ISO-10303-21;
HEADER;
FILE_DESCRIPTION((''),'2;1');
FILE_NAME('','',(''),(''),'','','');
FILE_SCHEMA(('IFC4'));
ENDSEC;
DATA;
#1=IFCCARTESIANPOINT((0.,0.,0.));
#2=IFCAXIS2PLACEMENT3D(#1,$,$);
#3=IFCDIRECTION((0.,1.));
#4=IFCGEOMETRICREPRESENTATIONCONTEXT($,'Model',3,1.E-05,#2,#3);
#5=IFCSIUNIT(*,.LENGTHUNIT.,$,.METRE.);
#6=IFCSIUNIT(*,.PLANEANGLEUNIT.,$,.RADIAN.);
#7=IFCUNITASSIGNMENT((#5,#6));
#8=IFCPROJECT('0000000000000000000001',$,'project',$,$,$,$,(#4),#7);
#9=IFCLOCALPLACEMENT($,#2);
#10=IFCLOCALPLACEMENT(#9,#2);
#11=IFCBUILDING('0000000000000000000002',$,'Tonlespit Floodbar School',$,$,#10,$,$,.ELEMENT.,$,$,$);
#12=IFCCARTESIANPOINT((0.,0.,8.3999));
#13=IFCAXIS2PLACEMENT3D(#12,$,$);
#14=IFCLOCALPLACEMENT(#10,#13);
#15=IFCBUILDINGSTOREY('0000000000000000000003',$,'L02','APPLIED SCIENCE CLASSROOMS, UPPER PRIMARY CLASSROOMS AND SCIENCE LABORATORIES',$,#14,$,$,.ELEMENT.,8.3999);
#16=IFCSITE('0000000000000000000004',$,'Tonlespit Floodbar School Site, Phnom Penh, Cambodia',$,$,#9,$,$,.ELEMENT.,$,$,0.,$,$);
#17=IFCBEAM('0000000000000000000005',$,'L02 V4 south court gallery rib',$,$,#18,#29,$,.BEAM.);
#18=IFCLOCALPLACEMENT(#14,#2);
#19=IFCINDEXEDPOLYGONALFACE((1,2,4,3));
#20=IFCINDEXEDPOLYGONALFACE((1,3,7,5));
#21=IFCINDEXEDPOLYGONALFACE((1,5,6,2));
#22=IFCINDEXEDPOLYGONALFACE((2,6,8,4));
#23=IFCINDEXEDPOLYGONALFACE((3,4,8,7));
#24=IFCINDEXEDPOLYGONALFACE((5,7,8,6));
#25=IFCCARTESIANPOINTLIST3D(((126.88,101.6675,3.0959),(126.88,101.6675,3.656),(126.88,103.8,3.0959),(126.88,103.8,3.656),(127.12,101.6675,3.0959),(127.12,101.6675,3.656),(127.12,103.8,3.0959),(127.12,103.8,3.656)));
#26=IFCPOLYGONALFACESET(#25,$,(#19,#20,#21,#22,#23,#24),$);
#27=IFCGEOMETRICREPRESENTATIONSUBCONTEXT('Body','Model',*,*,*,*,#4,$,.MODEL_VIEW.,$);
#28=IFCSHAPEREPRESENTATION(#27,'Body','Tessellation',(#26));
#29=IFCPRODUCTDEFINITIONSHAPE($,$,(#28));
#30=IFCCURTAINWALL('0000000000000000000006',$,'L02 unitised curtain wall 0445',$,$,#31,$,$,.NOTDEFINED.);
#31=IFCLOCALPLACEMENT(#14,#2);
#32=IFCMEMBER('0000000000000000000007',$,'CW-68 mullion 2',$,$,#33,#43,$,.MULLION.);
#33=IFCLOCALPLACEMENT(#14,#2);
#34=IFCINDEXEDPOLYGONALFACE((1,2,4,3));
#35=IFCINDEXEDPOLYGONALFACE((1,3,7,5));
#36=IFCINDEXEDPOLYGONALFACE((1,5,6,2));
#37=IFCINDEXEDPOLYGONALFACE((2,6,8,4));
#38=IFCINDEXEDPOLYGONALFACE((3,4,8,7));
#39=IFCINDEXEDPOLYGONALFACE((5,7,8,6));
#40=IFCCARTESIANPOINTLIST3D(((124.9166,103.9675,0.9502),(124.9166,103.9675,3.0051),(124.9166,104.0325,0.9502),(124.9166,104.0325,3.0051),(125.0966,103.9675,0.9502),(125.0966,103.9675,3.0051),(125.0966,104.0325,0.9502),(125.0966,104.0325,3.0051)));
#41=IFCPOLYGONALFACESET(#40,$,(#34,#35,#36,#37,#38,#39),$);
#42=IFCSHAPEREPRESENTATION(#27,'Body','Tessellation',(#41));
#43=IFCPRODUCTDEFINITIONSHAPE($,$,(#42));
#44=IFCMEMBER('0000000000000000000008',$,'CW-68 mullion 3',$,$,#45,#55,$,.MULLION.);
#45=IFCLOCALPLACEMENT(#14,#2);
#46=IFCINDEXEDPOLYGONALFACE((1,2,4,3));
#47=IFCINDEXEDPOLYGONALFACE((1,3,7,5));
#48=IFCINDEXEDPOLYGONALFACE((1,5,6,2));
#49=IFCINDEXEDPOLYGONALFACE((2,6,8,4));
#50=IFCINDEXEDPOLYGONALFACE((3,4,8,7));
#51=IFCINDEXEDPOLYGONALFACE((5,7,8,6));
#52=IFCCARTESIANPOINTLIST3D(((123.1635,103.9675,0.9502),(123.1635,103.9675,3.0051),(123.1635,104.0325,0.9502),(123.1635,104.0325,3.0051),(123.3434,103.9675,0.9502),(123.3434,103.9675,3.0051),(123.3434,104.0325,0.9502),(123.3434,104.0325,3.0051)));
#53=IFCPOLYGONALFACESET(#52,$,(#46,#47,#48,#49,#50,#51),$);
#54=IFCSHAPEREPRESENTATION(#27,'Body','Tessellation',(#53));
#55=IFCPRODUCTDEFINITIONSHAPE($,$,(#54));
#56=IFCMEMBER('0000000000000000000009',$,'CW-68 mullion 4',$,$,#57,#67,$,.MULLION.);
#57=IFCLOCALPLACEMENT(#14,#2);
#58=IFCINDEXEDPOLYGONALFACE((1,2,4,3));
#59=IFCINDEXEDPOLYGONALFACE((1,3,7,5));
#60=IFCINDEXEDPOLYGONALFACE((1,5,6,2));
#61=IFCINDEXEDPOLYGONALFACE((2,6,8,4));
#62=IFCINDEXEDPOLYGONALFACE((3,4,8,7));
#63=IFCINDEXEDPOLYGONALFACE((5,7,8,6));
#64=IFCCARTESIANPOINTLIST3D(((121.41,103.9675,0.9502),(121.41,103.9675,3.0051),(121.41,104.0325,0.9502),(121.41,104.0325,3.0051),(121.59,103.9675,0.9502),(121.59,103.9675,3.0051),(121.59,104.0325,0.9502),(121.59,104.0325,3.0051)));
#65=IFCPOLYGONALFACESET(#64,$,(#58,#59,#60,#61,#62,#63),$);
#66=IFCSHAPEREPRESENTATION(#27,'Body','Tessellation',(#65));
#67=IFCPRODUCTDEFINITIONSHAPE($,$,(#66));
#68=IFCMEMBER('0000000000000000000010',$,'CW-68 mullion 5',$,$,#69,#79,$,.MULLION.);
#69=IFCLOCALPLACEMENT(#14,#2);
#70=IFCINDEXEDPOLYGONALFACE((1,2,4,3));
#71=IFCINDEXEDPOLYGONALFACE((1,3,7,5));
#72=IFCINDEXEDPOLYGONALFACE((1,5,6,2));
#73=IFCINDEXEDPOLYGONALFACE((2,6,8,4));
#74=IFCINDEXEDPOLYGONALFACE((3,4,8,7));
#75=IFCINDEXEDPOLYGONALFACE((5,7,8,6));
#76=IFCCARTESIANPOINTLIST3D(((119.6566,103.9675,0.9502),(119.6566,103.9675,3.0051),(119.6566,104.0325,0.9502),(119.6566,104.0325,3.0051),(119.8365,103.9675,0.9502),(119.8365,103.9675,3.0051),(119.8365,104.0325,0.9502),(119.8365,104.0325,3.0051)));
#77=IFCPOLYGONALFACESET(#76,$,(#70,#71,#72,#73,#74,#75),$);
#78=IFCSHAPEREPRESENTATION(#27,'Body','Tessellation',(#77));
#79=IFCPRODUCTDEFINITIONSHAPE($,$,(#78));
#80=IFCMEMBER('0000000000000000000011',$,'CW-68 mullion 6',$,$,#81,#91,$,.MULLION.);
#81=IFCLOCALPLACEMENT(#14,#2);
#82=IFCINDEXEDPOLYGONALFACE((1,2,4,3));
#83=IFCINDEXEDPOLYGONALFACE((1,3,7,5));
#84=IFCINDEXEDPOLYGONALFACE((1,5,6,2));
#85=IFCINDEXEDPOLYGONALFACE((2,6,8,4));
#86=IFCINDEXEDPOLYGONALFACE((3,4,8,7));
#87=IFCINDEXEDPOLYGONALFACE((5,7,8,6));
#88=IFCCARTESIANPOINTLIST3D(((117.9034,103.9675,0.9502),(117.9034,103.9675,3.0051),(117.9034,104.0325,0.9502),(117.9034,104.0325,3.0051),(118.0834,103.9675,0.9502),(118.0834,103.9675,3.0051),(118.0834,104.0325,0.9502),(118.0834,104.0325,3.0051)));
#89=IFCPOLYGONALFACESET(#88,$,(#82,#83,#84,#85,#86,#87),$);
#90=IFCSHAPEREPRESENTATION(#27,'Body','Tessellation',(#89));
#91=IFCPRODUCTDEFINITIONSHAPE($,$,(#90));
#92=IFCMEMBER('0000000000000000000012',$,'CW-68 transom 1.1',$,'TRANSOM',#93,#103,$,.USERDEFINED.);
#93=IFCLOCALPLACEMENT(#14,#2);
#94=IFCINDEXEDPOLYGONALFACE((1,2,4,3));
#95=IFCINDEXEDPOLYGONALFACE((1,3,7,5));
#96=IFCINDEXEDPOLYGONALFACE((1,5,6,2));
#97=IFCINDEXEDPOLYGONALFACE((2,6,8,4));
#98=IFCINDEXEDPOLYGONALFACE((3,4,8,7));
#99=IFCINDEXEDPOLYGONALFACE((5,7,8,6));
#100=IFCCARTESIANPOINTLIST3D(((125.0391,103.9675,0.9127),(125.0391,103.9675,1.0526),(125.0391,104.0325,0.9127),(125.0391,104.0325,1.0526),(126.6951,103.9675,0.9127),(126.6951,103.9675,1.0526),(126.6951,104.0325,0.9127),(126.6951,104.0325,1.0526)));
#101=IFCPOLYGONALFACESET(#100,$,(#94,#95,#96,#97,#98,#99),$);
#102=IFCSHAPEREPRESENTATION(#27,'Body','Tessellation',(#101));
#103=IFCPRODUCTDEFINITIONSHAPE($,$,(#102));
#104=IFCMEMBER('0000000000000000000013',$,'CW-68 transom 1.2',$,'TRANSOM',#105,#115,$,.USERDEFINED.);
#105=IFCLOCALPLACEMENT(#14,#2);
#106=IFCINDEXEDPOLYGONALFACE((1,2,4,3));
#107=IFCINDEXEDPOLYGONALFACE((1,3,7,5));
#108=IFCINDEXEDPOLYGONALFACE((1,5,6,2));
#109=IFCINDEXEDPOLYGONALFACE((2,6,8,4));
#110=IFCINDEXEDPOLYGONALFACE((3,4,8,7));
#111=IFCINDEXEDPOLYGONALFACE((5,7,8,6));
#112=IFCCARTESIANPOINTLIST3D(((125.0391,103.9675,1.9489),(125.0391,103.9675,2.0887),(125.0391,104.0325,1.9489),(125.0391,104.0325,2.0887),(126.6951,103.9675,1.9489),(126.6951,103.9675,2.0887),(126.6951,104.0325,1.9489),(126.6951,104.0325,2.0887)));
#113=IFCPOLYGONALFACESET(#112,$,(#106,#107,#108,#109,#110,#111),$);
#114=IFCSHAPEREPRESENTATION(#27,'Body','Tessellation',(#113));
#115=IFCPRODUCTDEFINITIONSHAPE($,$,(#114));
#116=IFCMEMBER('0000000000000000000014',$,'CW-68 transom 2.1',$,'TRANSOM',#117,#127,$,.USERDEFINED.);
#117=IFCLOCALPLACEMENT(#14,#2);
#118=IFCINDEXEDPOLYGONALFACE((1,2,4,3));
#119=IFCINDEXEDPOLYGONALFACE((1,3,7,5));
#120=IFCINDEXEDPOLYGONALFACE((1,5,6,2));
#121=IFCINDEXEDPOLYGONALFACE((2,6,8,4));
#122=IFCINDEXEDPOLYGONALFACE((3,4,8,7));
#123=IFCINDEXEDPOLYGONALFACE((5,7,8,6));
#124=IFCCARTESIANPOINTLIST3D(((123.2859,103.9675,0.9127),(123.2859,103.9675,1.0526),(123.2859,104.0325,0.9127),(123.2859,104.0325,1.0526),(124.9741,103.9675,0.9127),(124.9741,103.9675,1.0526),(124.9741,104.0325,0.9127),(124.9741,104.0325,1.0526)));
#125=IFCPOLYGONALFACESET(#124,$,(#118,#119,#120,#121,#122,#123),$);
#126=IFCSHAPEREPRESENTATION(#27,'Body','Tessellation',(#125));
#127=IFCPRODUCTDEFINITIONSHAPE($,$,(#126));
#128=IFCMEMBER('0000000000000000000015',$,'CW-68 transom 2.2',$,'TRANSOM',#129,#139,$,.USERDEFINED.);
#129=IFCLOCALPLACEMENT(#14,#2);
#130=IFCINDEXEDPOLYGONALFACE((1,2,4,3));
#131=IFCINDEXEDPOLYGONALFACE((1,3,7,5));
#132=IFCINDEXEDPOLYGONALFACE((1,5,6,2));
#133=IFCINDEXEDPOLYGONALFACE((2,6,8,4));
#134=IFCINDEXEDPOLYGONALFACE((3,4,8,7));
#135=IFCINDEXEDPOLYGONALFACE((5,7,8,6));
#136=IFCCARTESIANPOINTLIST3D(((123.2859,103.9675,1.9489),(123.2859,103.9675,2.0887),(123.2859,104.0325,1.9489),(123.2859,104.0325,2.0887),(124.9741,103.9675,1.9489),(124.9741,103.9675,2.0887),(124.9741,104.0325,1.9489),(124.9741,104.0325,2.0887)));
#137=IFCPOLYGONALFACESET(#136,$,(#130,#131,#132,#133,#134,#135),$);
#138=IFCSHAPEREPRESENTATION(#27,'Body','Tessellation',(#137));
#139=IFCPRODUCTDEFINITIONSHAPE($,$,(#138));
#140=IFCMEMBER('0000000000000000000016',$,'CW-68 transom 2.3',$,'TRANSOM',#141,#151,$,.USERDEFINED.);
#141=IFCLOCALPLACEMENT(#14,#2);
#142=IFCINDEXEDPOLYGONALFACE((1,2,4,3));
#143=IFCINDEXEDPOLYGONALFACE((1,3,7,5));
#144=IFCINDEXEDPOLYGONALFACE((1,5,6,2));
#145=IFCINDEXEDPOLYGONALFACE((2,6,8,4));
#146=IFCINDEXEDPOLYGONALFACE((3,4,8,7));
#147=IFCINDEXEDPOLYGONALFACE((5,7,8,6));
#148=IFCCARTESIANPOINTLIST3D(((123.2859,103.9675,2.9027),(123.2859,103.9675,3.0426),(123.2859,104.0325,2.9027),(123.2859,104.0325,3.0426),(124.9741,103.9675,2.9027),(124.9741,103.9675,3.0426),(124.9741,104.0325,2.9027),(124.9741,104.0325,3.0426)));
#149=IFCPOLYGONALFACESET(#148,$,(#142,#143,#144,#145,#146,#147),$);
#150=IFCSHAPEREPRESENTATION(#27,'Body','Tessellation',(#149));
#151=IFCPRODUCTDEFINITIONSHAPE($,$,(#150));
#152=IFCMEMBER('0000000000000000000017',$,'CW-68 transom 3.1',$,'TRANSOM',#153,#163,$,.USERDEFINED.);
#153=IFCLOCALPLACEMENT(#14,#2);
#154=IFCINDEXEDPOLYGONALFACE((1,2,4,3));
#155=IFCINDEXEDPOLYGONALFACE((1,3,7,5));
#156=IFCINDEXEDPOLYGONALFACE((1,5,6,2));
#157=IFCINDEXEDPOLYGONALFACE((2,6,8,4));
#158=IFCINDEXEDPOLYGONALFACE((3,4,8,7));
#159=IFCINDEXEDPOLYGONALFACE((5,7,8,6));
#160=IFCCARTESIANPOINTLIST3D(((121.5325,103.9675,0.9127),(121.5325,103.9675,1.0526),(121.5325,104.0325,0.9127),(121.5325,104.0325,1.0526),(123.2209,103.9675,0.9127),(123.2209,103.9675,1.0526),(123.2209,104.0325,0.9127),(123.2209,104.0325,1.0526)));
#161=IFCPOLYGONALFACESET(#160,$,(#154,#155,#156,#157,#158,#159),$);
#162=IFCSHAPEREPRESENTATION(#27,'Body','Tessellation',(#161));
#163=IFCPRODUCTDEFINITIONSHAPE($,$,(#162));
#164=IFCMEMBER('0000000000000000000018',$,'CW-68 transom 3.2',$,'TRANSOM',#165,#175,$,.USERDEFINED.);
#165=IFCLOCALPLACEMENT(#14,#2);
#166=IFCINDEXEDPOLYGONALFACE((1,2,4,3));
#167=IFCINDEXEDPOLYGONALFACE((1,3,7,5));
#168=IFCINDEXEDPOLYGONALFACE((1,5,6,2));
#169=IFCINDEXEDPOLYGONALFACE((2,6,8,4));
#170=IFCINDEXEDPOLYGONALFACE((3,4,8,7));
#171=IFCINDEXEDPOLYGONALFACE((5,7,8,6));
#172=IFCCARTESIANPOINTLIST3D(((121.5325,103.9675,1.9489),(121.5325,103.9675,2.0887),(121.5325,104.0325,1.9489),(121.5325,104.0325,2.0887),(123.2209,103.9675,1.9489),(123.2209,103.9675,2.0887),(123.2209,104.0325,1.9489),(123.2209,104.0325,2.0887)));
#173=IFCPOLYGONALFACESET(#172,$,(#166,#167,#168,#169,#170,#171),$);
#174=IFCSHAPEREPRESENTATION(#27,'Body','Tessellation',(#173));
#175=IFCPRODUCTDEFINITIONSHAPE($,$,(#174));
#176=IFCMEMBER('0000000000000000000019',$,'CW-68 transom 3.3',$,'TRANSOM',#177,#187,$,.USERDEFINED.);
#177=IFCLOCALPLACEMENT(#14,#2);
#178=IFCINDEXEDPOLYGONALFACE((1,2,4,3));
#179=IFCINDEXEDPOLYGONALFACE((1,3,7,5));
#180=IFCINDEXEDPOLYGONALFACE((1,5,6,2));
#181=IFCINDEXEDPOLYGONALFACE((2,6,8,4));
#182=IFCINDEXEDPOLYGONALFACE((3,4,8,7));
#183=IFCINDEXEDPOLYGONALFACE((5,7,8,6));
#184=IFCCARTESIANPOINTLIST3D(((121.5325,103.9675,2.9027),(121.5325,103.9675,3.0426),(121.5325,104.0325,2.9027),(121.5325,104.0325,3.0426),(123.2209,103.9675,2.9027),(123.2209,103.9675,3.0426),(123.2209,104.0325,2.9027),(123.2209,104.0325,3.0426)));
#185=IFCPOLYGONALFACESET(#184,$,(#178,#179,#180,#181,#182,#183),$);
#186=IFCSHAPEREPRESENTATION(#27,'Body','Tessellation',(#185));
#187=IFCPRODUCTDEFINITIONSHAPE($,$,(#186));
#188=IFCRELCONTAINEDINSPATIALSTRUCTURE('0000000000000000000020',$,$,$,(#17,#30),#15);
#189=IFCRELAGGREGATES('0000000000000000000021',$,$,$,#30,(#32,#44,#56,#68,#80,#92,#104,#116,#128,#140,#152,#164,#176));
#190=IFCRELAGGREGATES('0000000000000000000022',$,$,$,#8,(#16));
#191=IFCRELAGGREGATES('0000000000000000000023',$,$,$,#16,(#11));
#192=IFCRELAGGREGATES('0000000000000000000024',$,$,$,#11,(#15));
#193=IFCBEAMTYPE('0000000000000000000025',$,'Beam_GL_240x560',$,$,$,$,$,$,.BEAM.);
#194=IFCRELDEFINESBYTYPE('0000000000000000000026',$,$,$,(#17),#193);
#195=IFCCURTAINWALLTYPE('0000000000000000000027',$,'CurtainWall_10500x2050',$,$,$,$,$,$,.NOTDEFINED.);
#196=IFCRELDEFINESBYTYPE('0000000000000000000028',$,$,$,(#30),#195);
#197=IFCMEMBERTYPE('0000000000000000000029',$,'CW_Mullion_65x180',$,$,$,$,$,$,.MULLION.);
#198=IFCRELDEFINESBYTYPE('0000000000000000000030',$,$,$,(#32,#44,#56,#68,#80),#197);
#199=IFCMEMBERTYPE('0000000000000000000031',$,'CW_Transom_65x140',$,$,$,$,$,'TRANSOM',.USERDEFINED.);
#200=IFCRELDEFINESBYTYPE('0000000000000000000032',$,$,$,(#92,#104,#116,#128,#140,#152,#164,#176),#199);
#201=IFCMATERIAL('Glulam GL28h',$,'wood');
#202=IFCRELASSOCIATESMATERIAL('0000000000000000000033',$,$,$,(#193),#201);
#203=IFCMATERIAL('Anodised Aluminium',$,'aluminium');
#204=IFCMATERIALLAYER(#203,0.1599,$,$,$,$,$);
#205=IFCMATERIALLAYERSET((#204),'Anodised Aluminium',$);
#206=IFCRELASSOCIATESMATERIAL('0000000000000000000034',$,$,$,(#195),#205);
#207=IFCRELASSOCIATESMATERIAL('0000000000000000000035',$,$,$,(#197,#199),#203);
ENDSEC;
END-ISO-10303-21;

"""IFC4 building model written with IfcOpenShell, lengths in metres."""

from ifc_helpers import new_model, si_unit, direction, frame, origin, origin_2d, place, context, subcontext, project, spatial, rectangle, extrude, material, layer, layer_set, material_profile, profile_set, type_object, element, aggregate, save


model = new_model("IFC4")

# Units and contexts
model_context = context("Model", 3, precision=1e-05, world=origin(), true_north=direction((0.0, 1.0)))
body_context = subcontext(model_context, "Body", "Model", "MODEL_VIEW")
ifc_project = project(units=[si_unit("LENGTHUNIT", "METRE"), si_unit("PLANEANGLEUNIT", "RADIAN")], contexts=[model_context])

# Site, building, storey
site_placement = place(None, origin())
site = spatial("IfcSite", under=ifc_project, at=site_placement, Name="Tonlespit Floodbar School Site, Phnom Penh, Cambodia", CompositionType="ELEMENT", RefElevation=0.0)
building_placement = place(site_placement, origin())
building = spatial("IfcBuilding", under=site, at=building_placement, Name="Tonlespit Floodbar School", CompositionType="ELEMENT")
storey_placement = place(building_placement, frame((0.0, 0.0, 8.3999)))
storey = spatial("IfcBuildingStorey", under=building, at=storey_placement, Name="L02", Description="APPLIED SCIENCE CLASSROOMS, UPPER PRIMARY CLASSROOMS AND SCIENCE LABORATORIES", CompositionType="ELEMENT", Elevation=8.3999)

# Beam
ifc_material_1 = material(Name="Glulam GL28h", Category="wood")
ifc_material_profile_1 = material_profile(ifc_material_1, rectangle(XDim=0.24, YDim=0.5601, at=origin_2d()), Name="GL 240x560")
ifc_profile_set_1 = profile_set([ifc_material_profile_1], Name="Glulam GL28h")
beam_type = type_object("IfcBeamType", Name="Beam_GL_240x560", PredefinedType="BEAM", material=ifc_profile_set_1)
beam_placement = place(storey_placement, frame((127.0, 103.8, 3.376), z_axis=(0.0, -1.0, 0.0), x_axis=(1.0, 0.0, 0.0)))
element("IfcBeam", 1, at=beam_placement, inside=storey, type_object=beam_type, Name="L02 V4 south court gallery rib", PredefinedType="BEAM", context=body_context, shape_type="SweptSolid", body=[
    extrude(rectangle(XDim=0.24, YDim=0.5601, at=origin_2d()), origin(), (0.0, 0.0, 1.0), 2.1326),
])

# Curtain wall, members
ifc_material_2 = material(Name="Anodised Aluminium", Category="aluminium")
ifc_layer_1 = layer(ifc_material_2, 0.1599)
ifc_layer_set_1 = layer_set([ifc_layer_1], Name="Anodised Aluminium")
curtain_wall_type = type_object("IfcCurtainWallType", Name="CurtainWall_10500x2050", PredefinedType="NOTDEFINED", material=ifc_layer_set_1)
curtain_wall_placement = place(storey_placement, origin())
curtain_wall = element("IfcCurtainWall", 2, at=curtain_wall_placement, inside=storey, type_object=curtain_wall_type, Name="L02 unitised curtain wall 0445", PredefinedType="NOTDEFINED")
ifc_material_profile_2 = material_profile(ifc_material_2, rectangle(XDim=0.0649, YDim=0.1799, at=origin_2d()), Name="ALU M65x180")
ifc_profile_set_2 = profile_set([ifc_material_profile_2], Name="Anodised Aluminium")
member_type_1 = type_object("IfcMemberType", Name="CW_Mullion_65x180", PredefinedType="MULLION", material=ifc_profile_set_2)
member_1_placement = place(storey_placement, frame((125.0066, 104.0, 0.9502), z_axis=(0.0, 0.0, 1.0), x_axis=(0.0, -1.0, 0.0)))
member_1 = element("IfcMember", 3, at=member_1_placement, type_object=member_type_1, Name="CW-68 mullion 2", PredefinedType="MULLION", context=body_context, shape_type="SweptSolid", body=[
    extrude(rectangle(XDim=0.0649, YDim=0.1799, at=origin_2d()), origin(), (0.0, 0.0, 1.0), 2.0549),
])
member_2_placement = place(storey_placement, frame((123.2534, 104.0, 0.9502), z_axis=(0.0, 0.0, 1.0), x_axis=(0.0, -1.0, 0.0)))
member_2 = element("IfcMember", 4, at=member_2_placement, type_object=member_type_1, Name="CW-68 mullion 3", PredefinedType="MULLION", context=body_context, shape_type="SweptSolid", body=[
    extrude(rectangle(XDim=0.0649, YDim=0.1799, at=origin_2d()), origin(), (0.0, 0.0, 1.0), 2.0549),
])
member_3_placement = place(storey_placement, frame((121.5, 104.0, 0.9502), z_axis=(0.0, 0.0, 1.0), x_axis=(0.0, -1.0, 0.0)))
member_3 = element("IfcMember", 5, at=member_3_placement, type_object=member_type_1, Name="CW-68 mullion 4", PredefinedType="MULLION", context=body_context, shape_type="SweptSolid", body=[
    extrude(rectangle(XDim=0.0649, YDim=0.1799, at=origin_2d()), origin(), (0.0, 0.0, 1.0), 2.0549),
])
member_4_placement = place(storey_placement, frame((119.7466, 104.0, 0.9502), z_axis=(0.0, 0.0, 1.0), x_axis=(0.0, -1.0, 0.0)))
member_4 = element("IfcMember", 6, at=member_4_placement, type_object=member_type_1, Name="CW-68 mullion 5", PredefinedType="MULLION", context=body_context, shape_type="SweptSolid", body=[
    extrude(rectangle(XDim=0.0649, YDim=0.1799, at=origin_2d()), origin(), (0.0, 0.0, 1.0), 2.0549),
])
member_5_placement = place(storey_placement, frame((117.9934, 104.0, 0.9502), z_axis=(0.0, 0.0, 1.0), x_axis=(0.0, -1.0, 0.0)))
member_5 = element("IfcMember", 7, at=member_5_placement, type_object=member_type_1, Name="CW-68 mullion 6", PredefinedType="MULLION", context=body_context, shape_type="SweptSolid", body=[
    extrude(rectangle(XDim=0.0649, YDim=0.1799, at=origin_2d()), origin(), (0.0, 0.0, 1.0), 2.0549),
])
ifc_material_profile_3 = material_profile(ifc_material_2, rectangle(XDim=0.0649, YDim=0.1399, at=origin_2d()), Name="ALU T65x140")
ifc_profile_set_3 = profile_set([ifc_material_profile_3], Name="Anodised Aluminium")
member_type_2 = type_object("IfcMemberType", Name="CW_Transom_65x140", ElementType="TRANSOM", PredefinedType="USERDEFINED", material=ifc_profile_set_3)
member_6_placement = place(storey_placement, frame((126.6951, 104.0, 0.9827), z_axis=(-1.0, 0.0, 0.0), x_axis=(0.0, -1.0, 0.0)))
member_6 = element("IfcMember", 8, at=member_6_placement, type_object=member_type_2, Name="CW-68 transom 1.1", ObjectType="TRANSOM", PredefinedType="USERDEFINED", context=body_context, shape_type="SweptSolid", body=[
    extrude(rectangle(XDim=0.0649, YDim=0.1399, at=origin_2d()), origin(), (0.0, 0.0, 1.0), 1.656),
])
member_7_placement = place(storey_placement, frame((126.6951, 104.0, 2.0188), z_axis=(-1.0, 0.0, 0.0), x_axis=(0.0, -1.0, 0.0)))
member_7 = element("IfcMember", 9, at=member_7_placement, type_object=member_type_2, Name="CW-68 transom 1.2", ObjectType="TRANSOM", PredefinedType="USERDEFINED", context=body_context, shape_type="SweptSolid", body=[
    extrude(rectangle(XDim=0.0649, YDim=0.1399, at=origin_2d()), origin(), (0.0, 0.0, 1.0), 1.656),
])
member_8_placement = place(storey_placement, frame((124.9741, 104.0, 0.9827), z_axis=(-1.0, 0.0, 0.0), x_axis=(0.0, -1.0, 0.0)))
member_8 = element("IfcMember", 10, at=member_8_placement, type_object=member_type_2, Name="CW-68 transom 2.1", ObjectType="TRANSOM", PredefinedType="USERDEFINED", context=body_context, shape_type="SweptSolid", body=[
    extrude(rectangle(XDim=0.0649, YDim=0.1399, at=origin_2d()), origin(), (0.0, 0.0, 1.0), 1.6882),
])
member_9_placement = place(storey_placement, frame((124.9741, 104.0, 2.0188), z_axis=(-1.0, 0.0, 0.0), x_axis=(0.0, -1.0, 0.0)))
member_9 = element("IfcMember", 11, at=member_9_placement, type_object=member_type_2, Name="CW-68 transom 2.2", ObjectType="TRANSOM", PredefinedType="USERDEFINED", context=body_context, shape_type="SweptSolid", body=[
    extrude(rectangle(XDim=0.0649, YDim=0.1399, at=origin_2d()), origin(), (0.0, 0.0, 1.0), 1.6882),
])
member_10_placement = place(storey_placement, frame((124.9741, 104.0, 2.9727), z_axis=(-1.0, 0.0, 0.0), x_axis=(0.0, -1.0, 0.0)))
member_10 = element("IfcMember", 12, at=member_10_placement, type_object=member_type_2, Name="CW-68 transom 2.3", ObjectType="TRANSOM", PredefinedType="USERDEFINED", context=body_context, shape_type="SweptSolid", body=[
    extrude(rectangle(XDim=0.0649, YDim=0.1399, at=origin_2d()), origin(), (0.0, 0.0, 1.0), 1.6882),
])
member_11_placement = place(storey_placement, frame((123.2209, 104.0, 0.9827), z_axis=(-1.0, 0.0, 0.0), x_axis=(0.0, -1.0, 0.0)))
member_11 = element("IfcMember", 13, at=member_11_placement, type_object=member_type_2, Name="CW-68 transom 3.1", ObjectType="TRANSOM", PredefinedType="USERDEFINED", context=body_context, shape_type="SweptSolid", body=[
    extrude(rectangle(XDim=0.0649, YDim=0.1399, at=origin_2d()), origin(), (0.0, 0.0, 1.0), 1.6885),
])
member_12_placement = place(storey_placement, frame((123.2209, 104.0, 2.0188), z_axis=(-1.0, 0.0, 0.0), x_axis=(0.0, -1.0, 0.0)))
member_12 = element("IfcMember", 14, at=member_12_placement, type_object=member_type_2, Name="CW-68 transom 3.2", ObjectType="TRANSOM", PredefinedType="USERDEFINED", context=body_context, shape_type="SweptSolid", body=[
    extrude(rectangle(XDim=0.0649, YDim=0.1399, at=origin_2d()), origin(), (0.0, 0.0, 1.0), 1.6885),
])
member_13_placement = place(storey_placement, frame((123.2209, 104.0, 2.9727), z_axis=(-1.0, 0.0, 0.0), x_axis=(0.0, -1.0, 0.0)))
member_13 = element("IfcMember", 15, at=member_13_placement, type_object=member_type_2, Name="CW-68 transom 3.3", ObjectType="TRANSOM", PredefinedType="USERDEFINED", context=body_context, shape_type="SweptSolid", body=[
    extrude(rectangle(XDim=0.0649, YDim=0.1399, at=origin_2d()), origin(), (0.0, 0.0, 1.0), 1.6885),
])
aggregate(curtain_wall, [member_1, member_2, member_3, member_4, member_5, member_6, member_7, member_8, member_9, member_10, member_11, member_12, member_13])

save(model, "model.ifc")
